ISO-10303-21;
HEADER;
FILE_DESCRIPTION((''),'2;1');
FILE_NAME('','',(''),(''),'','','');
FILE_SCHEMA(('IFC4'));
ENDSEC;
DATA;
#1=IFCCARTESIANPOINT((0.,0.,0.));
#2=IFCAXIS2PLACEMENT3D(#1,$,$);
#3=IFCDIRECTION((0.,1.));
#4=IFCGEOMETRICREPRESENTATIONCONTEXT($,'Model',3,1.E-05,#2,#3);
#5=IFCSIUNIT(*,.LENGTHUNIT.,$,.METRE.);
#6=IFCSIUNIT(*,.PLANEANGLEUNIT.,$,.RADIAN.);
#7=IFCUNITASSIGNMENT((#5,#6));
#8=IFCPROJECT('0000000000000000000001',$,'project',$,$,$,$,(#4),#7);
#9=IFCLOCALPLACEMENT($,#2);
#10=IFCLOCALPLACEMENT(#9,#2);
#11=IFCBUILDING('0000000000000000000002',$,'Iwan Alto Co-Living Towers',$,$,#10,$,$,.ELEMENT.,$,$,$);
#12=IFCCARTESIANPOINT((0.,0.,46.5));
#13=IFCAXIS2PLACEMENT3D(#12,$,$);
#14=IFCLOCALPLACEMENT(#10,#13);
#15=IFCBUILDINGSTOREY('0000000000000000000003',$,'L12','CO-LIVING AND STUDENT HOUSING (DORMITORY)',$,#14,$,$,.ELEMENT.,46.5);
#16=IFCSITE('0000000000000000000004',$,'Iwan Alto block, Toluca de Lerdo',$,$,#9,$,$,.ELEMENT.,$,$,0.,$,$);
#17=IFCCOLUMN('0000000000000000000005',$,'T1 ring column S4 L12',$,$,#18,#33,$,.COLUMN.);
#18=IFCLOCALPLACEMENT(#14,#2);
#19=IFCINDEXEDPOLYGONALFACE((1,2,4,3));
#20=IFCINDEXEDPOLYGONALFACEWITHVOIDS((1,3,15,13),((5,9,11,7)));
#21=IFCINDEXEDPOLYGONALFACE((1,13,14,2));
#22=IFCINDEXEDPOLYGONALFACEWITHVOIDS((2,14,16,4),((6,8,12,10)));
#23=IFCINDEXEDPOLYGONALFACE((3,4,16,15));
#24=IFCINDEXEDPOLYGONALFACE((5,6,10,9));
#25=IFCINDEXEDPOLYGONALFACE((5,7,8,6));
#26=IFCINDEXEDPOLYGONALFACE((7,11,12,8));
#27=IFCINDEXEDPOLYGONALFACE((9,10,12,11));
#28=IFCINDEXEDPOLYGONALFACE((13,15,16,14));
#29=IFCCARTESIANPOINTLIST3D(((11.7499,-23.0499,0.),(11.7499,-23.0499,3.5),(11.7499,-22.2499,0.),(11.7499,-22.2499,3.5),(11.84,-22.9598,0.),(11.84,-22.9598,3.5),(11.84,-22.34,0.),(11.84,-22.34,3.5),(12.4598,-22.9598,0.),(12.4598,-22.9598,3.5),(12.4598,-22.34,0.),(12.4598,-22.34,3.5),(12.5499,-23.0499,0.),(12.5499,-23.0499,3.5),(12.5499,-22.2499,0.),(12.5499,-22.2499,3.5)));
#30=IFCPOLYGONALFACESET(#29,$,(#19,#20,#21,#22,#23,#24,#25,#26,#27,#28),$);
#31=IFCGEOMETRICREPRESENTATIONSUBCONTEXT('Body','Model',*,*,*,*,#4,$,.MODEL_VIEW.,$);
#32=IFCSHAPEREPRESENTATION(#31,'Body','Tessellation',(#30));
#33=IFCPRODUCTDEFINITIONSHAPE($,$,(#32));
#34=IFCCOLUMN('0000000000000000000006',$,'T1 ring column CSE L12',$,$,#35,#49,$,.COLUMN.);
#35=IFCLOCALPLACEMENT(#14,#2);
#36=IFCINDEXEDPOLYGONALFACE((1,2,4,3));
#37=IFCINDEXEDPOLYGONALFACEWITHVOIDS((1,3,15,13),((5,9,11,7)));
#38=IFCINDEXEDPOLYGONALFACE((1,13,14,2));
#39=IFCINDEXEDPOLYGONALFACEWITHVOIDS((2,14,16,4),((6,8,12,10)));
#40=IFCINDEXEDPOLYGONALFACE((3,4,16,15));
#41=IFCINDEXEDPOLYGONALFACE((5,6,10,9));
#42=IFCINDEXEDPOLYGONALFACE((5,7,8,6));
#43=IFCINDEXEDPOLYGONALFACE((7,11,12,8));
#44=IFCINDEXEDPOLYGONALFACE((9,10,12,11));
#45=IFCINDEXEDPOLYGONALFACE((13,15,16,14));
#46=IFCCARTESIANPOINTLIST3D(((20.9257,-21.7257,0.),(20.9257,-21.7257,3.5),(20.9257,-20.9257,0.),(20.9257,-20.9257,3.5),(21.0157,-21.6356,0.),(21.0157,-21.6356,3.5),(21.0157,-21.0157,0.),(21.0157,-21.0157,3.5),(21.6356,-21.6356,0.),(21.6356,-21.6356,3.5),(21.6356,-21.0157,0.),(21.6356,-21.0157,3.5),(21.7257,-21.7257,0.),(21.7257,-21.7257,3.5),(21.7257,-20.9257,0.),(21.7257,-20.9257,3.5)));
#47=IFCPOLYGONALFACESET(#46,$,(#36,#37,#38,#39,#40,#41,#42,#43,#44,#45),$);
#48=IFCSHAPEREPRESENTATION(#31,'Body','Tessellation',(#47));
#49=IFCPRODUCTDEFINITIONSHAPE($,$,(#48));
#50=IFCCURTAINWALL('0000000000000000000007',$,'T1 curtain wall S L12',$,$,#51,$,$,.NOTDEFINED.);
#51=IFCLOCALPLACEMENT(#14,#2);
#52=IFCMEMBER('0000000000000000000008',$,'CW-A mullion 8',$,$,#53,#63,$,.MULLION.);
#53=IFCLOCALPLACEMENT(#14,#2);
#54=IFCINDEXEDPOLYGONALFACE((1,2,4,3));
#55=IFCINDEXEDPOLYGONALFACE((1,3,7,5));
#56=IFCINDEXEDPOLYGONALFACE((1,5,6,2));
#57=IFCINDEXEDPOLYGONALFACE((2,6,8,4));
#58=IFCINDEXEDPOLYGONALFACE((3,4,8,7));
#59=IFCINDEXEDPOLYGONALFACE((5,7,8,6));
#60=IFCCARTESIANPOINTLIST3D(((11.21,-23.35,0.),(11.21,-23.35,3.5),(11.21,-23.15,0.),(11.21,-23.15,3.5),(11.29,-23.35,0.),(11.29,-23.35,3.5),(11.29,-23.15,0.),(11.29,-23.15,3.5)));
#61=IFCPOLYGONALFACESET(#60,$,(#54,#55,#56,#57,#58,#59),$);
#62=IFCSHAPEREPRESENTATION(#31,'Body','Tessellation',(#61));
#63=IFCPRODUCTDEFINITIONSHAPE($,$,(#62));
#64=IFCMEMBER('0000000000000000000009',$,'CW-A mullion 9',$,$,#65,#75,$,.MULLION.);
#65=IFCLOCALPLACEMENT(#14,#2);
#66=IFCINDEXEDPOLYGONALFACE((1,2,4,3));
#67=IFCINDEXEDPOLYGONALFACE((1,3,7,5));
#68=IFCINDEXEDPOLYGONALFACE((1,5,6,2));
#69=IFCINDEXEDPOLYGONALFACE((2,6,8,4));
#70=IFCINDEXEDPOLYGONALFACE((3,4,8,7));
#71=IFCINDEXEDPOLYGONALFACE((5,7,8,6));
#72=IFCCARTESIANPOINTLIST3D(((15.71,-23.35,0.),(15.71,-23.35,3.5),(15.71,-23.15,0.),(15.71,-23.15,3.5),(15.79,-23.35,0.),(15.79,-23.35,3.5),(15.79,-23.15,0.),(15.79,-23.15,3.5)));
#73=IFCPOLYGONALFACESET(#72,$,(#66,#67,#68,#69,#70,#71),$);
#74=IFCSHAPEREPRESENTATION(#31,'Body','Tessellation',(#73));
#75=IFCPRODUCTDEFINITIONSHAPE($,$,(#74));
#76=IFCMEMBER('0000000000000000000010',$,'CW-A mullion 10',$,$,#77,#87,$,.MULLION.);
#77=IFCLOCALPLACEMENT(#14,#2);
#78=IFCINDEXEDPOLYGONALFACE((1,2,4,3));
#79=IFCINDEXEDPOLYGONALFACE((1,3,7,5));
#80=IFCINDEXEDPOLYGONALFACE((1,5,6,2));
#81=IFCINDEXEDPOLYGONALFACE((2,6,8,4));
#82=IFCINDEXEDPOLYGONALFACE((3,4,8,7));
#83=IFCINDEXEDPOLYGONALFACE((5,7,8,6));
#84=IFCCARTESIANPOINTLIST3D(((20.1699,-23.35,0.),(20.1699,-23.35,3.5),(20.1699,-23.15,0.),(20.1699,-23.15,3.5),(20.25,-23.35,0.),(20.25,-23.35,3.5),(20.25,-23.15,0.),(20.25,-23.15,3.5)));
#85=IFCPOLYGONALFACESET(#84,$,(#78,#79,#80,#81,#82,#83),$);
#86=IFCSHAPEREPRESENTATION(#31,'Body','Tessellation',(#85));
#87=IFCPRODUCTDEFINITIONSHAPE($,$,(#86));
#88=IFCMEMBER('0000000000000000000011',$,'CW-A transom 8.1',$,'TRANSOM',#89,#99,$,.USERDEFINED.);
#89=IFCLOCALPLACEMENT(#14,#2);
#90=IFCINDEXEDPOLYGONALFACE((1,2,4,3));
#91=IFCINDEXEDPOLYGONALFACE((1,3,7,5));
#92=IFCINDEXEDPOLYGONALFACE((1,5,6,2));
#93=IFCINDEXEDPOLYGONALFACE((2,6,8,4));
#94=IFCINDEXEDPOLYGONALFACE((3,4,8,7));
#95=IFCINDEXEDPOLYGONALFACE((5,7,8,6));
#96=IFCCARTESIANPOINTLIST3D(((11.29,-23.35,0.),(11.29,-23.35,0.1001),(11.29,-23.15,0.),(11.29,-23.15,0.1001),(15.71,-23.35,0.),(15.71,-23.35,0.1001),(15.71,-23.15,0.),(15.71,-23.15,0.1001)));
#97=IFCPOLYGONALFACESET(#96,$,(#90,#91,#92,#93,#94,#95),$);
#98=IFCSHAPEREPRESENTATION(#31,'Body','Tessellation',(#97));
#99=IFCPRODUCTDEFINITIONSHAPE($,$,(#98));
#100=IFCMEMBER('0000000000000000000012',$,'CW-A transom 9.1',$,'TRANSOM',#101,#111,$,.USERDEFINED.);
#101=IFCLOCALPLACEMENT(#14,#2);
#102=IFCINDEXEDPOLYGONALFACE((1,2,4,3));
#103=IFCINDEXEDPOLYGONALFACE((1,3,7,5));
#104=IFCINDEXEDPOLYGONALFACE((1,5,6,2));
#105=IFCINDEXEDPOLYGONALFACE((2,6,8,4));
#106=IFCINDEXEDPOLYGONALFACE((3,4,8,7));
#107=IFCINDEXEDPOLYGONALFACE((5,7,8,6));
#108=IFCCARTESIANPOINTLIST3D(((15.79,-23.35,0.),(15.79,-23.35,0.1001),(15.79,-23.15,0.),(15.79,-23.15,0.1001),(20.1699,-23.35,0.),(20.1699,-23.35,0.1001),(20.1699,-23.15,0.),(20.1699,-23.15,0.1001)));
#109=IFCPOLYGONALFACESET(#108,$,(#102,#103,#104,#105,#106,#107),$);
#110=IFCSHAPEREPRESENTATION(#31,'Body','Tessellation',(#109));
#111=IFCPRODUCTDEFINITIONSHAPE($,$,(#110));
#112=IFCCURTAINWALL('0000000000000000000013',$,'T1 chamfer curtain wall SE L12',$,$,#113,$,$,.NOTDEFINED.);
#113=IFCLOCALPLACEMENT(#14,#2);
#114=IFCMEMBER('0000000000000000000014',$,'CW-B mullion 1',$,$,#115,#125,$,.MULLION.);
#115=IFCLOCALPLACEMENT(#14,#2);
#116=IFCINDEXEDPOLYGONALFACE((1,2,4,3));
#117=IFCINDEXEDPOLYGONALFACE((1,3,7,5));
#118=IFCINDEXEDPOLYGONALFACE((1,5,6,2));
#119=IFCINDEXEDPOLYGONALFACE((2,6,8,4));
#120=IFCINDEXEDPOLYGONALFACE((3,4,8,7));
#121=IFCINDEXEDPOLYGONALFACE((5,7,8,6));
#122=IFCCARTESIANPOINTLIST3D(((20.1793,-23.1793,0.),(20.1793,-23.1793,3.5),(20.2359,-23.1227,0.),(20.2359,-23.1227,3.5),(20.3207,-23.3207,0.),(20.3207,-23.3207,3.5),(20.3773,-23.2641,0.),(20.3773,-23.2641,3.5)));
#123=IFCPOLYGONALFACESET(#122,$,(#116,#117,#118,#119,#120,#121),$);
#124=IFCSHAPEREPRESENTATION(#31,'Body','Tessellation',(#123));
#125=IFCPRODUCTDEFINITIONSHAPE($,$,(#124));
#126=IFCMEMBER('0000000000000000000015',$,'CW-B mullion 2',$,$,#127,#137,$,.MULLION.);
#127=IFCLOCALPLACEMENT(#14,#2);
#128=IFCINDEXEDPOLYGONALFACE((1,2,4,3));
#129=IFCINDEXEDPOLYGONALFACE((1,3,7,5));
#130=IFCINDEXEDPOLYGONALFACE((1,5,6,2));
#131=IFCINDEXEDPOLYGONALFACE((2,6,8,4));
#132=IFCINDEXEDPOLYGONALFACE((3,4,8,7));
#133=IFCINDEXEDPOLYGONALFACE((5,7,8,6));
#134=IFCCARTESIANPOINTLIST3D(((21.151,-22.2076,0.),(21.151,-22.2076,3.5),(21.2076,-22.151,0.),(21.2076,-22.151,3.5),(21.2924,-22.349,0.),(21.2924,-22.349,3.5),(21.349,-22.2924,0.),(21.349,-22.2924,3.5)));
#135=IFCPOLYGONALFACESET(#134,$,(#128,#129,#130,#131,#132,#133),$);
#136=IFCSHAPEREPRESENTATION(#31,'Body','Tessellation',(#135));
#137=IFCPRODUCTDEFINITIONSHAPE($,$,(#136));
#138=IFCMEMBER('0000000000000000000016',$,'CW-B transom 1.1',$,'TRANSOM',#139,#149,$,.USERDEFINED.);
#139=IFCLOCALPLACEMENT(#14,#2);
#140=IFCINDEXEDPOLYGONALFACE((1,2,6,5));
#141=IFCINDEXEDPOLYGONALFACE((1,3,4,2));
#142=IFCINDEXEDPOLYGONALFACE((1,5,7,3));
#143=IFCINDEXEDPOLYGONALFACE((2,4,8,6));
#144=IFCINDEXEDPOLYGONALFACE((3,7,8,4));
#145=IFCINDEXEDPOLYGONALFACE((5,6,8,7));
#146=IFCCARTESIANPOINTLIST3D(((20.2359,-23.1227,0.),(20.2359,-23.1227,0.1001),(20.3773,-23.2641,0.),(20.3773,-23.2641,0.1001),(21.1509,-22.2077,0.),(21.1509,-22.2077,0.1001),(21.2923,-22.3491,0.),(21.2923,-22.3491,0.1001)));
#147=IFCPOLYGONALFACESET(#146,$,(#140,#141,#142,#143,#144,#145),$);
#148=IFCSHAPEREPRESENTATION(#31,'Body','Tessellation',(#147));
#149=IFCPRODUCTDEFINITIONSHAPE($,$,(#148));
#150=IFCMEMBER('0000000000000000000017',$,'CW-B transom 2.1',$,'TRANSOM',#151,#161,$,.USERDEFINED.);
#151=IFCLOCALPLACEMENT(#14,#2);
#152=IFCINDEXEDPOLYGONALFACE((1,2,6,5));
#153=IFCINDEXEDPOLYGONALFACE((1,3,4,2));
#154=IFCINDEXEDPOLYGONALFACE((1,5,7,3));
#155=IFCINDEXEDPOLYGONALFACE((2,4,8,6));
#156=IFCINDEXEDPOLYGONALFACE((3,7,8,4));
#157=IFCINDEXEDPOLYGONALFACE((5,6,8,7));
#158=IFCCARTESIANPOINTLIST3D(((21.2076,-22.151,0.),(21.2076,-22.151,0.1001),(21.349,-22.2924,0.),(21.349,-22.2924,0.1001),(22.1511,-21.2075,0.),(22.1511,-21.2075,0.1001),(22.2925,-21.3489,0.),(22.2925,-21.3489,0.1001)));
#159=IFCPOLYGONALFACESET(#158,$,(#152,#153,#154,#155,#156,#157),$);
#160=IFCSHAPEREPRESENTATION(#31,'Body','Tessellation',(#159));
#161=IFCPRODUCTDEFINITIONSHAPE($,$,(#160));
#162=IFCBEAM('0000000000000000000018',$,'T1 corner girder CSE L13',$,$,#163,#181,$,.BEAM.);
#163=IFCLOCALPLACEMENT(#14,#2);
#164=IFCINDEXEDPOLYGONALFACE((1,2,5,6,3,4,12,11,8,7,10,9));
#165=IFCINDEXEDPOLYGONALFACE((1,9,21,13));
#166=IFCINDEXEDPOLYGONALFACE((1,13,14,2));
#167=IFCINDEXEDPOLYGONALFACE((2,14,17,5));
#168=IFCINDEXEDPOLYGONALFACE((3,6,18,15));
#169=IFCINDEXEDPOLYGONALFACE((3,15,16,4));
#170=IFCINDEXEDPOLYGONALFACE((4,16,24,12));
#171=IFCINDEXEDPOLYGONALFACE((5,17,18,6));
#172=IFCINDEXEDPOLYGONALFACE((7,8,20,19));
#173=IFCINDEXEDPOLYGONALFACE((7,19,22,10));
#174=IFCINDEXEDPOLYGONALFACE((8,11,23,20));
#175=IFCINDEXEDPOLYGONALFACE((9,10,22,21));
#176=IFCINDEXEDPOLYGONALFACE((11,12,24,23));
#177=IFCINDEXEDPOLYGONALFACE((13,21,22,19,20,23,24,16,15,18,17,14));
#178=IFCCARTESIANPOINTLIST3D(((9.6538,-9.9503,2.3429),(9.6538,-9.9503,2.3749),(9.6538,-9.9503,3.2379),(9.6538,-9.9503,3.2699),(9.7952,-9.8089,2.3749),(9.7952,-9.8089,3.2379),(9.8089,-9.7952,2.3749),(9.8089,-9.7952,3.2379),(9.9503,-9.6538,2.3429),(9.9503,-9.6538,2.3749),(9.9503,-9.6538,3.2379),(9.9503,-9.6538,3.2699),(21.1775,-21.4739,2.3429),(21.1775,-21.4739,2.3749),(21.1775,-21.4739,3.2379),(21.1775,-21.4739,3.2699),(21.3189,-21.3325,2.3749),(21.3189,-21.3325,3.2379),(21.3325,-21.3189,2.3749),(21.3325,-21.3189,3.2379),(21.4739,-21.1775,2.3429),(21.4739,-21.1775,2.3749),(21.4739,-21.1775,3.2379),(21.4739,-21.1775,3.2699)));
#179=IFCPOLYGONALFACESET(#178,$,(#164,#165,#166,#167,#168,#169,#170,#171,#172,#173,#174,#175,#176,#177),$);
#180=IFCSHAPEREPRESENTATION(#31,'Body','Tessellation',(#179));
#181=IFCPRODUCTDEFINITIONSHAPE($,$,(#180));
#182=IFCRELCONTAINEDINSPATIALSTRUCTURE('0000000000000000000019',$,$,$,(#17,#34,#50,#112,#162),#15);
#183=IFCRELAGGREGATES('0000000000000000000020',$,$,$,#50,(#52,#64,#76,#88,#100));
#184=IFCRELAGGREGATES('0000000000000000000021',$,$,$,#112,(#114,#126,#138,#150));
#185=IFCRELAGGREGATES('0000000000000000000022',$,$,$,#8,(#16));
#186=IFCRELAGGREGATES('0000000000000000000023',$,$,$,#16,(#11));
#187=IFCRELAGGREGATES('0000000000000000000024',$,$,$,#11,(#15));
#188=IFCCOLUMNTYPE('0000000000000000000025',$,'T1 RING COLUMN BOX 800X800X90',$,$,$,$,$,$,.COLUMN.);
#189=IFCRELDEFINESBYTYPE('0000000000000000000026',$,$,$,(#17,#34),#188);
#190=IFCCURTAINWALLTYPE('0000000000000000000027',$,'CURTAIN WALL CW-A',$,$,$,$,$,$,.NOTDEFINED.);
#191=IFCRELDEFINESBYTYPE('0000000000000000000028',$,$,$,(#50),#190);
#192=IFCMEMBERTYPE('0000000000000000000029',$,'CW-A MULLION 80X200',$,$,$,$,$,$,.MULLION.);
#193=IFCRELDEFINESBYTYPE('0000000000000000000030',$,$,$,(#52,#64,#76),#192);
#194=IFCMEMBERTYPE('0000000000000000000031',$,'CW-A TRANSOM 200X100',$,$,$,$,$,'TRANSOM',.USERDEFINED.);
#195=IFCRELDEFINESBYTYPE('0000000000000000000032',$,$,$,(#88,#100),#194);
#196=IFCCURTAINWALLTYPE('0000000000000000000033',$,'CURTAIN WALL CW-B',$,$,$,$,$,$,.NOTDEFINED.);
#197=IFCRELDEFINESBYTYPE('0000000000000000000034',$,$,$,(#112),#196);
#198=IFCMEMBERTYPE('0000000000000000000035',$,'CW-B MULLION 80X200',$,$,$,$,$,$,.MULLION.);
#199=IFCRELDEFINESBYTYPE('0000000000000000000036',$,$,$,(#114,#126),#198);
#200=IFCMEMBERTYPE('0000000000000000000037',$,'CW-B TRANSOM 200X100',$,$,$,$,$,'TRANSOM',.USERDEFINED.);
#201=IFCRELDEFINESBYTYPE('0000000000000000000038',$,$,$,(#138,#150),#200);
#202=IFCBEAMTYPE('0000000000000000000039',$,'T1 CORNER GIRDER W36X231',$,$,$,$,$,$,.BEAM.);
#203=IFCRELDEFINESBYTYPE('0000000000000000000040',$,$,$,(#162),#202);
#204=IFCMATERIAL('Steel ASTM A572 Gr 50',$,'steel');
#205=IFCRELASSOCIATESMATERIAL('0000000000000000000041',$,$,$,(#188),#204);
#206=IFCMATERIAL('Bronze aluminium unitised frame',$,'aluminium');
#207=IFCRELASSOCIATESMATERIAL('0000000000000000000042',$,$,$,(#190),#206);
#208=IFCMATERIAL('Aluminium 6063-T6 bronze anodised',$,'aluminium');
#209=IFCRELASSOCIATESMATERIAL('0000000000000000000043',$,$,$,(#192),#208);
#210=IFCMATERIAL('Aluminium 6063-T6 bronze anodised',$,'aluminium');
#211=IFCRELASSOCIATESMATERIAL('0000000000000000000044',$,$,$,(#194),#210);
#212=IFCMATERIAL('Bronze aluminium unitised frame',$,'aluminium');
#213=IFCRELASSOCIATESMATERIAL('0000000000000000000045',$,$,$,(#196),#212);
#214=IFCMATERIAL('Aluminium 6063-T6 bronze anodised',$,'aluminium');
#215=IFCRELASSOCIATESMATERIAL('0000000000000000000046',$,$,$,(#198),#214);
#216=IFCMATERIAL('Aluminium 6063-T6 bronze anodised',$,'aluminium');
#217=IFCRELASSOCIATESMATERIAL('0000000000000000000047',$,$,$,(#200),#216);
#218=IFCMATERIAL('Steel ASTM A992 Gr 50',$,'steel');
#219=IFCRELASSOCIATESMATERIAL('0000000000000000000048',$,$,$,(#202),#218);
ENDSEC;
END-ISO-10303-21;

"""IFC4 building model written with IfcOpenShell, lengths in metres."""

from ifc_helpers import new_model, si_unit, direction, frame, origin, origin_2d, place, context, subcontext, project, spatial, rectangle, hollow_rectangle, i_section, extrude, material, material_profile, profile_set, type_object, element, aggregate, save


model = new_model("IFC4")

# Units and contexts
model_context = context("Model", 3, precision=1e-05, world=origin(), true_north=direction((0.0, 1.0)))
body_context = subcontext(model_context, "Body", "Model", "MODEL_VIEW")
ifc_project = project(units=[si_unit("LENGTHUNIT", "METRE"), si_unit("PLANEANGLEUNIT", "RADIAN")], contexts=[model_context])

# Site, building, storey
site_placement = place(None, origin())
site = spatial("IfcSite", under=ifc_project, at=site_placement, Name="Iwan Alto block, Toluca de Lerdo", CompositionType="ELEMENT", RefElevation=0.0)
building_placement = place(site_placement, origin())
building = spatial("IfcBuilding", under=site, at=building_placement, Name="Iwan Alto Co-Living Towers", CompositionType="ELEMENT")
storey_placement = place(building_placement, frame((0.0, 0.0, 46.5)))
storey = spatial("IfcBuildingStorey", under=building, at=storey_placement, Name="L12", Description="CO-LIVING AND STUDENT HOUSING (DORMITORY)", CompositionType="ELEMENT", Elevation=46.5)

# Columns
ifc_material_1 = material(Name="Steel ASTM A572 Gr 50", Category="steel")
ifc_material_profile_1 = material_profile(ifc_material_1, hollow_rectangle(XDim=0.8, YDim=0.8, WallThickness=0.0901, at=origin_2d()), Name="BOX 800X800X90")
ifc_profile_set_1 = profile_set([ifc_material_profile_1], Name="Steel ASTM A572 Gr 50")
column_type = type_object("IfcColumnType", Name="T1 RING COLUMN BOX 800X800X90", PredefinedType="COLUMN", material=ifc_profile_set_1)
for number, where, z_axis, x_axis, name in (
    (1, (12.1499, -22.6499, 0.0), (0.0, 0.0, 1.0), (1.0, 0.0, 0.0), "T1 ring column S4 L12"),
    (2, (21.3257, -21.3257, 0.0), (0.0, 0.0, 1.0), (1.0, 0.0, 0.0), "T1 ring column CSE L12"),
):
    element("IfcColumn", number, at=place(storey_placement, frame(where, z_axis=z_axis, x_axis=x_axis)), inside=storey, type_object=column_type, Name=name, PredefinedType="COLUMN", context=body_context, shape_type="SweptSolid", body=[
        extrude(hollow_rectangle(XDim=0.8, YDim=0.8, WallThickness=0.0901, at=origin_2d()), origin(), (0.0, 0.0, 1.0), 3.5),
    ])

# Curtain walls, members
ifc_material_2 = material(Name="Bronze aluminium unitised frame", Category="aluminium")
curtain_wall_type_1 = type_object("IfcCurtainWallType", Name="CURTAIN WALL CW-A", PredefinedType="NOTDEFINED", material=ifc_material_2)
curtain_wall_1_placement = place(storey_placement, origin())
curtain_wall_1 = element("IfcCurtainWall", 3, at=curtain_wall_1_placement, inside=storey, type_object=curtain_wall_type_1, Name="T1 curtain wall S L12", PredefinedType="NOTDEFINED")
ifc_material_3 = material(Name="Aluminium 6063-T6 bronze anodised", Category="aluminium")
ifc_material_profile_2 = material_profile(ifc_material_3, rectangle(XDim=0.2, YDim=0.0801, at=origin_2d()), Name="AL 80X200")
ifc_profile_set_2 = profile_set([ifc_material_profile_2], Name="Aluminium 6063-T6 bronze anodised")
member_type_1 = type_object("IfcMemberType", Name="CW-A MULLION 80X200", PredefinedType="MULLION", material=ifc_profile_set_2)
member_1_placement = place(storey_placement, frame((11.25, -23.25, 0.0), z_axis=(0.0, 0.0, 1.0), x_axis=(0.0, 1.0, 0.0)))
member_1 = element("IfcMember", 4, at=member_1_placement, type_object=member_type_1, Name="CW-A mullion 8", PredefinedType="MULLION", context=body_context, shape_type="SweptSolid", body=[
    extrude(rectangle(XDim=0.2, YDim=0.0801, at=origin_2d()), origin(), (0.0, 0.0, 1.0), 3.5),
])
member_2_placement = place(storey_placement, frame((15.75, -23.25, 0.0), z_axis=(0.0, 0.0, 1.0), x_axis=(0.0, 1.0, 0.0)))
member_2 = element("IfcMember", 5, at=member_2_placement, type_object=member_type_1, Name="CW-A mullion 9", PredefinedType="MULLION", context=body_context, shape_type="SweptSolid", body=[
    extrude(rectangle(XDim=0.2, YDim=0.0801, at=origin_2d()), origin(), (0.0, 0.0, 1.0), 3.5),
])
member_3_placement = place(storey_placement, frame((20.21, -23.25, 0.0), z_axis=(0.0, 0.0, 1.0), x_axis=(0.0, 1.0, 0.0)))
member_3 = element("IfcMember", 6, at=member_3_placement, type_object=member_type_1, Name="CW-A mullion 10", PredefinedType="MULLION", context=body_context, shape_type="SweptSolid", body=[
    extrude(rectangle(XDim=0.2, YDim=0.0801, at=origin_2d()), origin(), (0.0, 0.0, 1.0), 3.5),
])
ifc_material_4 = material(Name="Aluminium 6063-T6 bronze anodised", Category="aluminium")
ifc_material_profile_3 = material_profile(ifc_material_4, rectangle(XDim=0.2, YDim=0.1001, at=origin_2d()), Name="AL 200X100")
ifc_profile_set_3 = profile_set([ifc_material_profile_3], Name="Aluminium 6063-T6 bronze anodised")
member_type_2 = type_object("IfcMemberType", Name="CW-A TRANSOM 200X100", ElementType="TRANSOM", PredefinedType="USERDEFINED", material=ifc_profile_set_3)
member_4_placement = place(storey_placement, frame((11.29, -23.25, 0.05), z_axis=(1.0, 0.0, 0.0), x_axis=(0.0, 1.0, 0.0)))
member_4 = element("IfcMember", 7, at=member_4_placement, type_object=member_type_2, Name="CW-A transom 8.1", ObjectType="TRANSOM", PredefinedType="USERDEFINED", context=body_context, shape_type="SweptSolid", body=[
    extrude(rectangle(XDim=0.2, YDim=0.1001, at=origin_2d()), origin(), (0.0, 0.0, 1.0), 4.4199),
])
member_5_placement = place(storey_placement, frame((15.79, -23.25, 0.05), z_axis=(1.0, 0.0, 0.0), x_axis=(0.0, 1.0, 0.0)))
member_5 = element("IfcMember", 8, at=member_5_placement, type_object=member_type_2, Name="CW-A transom 9.1", ObjectType="TRANSOM", PredefinedType="USERDEFINED", context=body_context, shape_type="SweptSolid", body=[
    extrude(rectangle(XDim=0.2, YDim=0.1001, at=origin_2d()), origin(), (0.0, 0.0, 1.0), 4.3799),
])
ifc_material_5 = material(Name="Bronze aluminium unitised frame", Category="aluminium")
curtain_wall_type_2 = type_object("IfcCurtainWallType", Name="CURTAIN WALL CW-B", PredefinedType="NOTDEFINED", material=ifc_material_5)
curtain_wall_2_placement = place(storey_placement, origin())
curtain_wall_2 = element("IfcCurtainWall", 9, at=curtain_wall_2_placement, inside=storey, type_object=curtain_wall_type_2, Name="T1 chamfer curtain wall SE L12", PredefinedType="NOTDEFINED")
ifc_material_6 = material(Name="Aluminium 6063-T6 bronze anodised", Category="aluminium")
ifc_material_profile_4 = material_profile(ifc_material_6, rectangle(XDim=0.2, YDim=0.0801, at=origin_2d()), Name="AL 80X200")
ifc_profile_set_4 = profile_set([ifc_material_profile_4], Name="Aluminium 6063-T6 bronze anodised")
member_type_3 = type_object("IfcMemberType", Name="CW-B MULLION 80X200", PredefinedType="MULLION", material=ifc_profile_set_4)
member_6_placement = place(storey_placement, frame((20.2783, -23.2217, 0.0), z_axis=(0.0, 0.0, 1.0), x_axis=(-0.707107, 0.707107, 0.0)))
member_6 = element("IfcMember", 10, at=member_6_placement, type_object=member_type_3, Name="CW-B mullion 1", PredefinedType="MULLION", context=body_context, shape_type="SweptSolid", body=[
    extrude(rectangle(XDim=0.2, YDim=0.0801, at=origin_2d()), origin(), (0.0, 0.0, 1.0), 3.5),
])
member_7_placement = place(storey_placement, frame((21.25, -22.25, 0.0), z_axis=(0.0, 0.0, 1.0), x_axis=(-0.707107, 0.707107, 0.0)))
member_7 = element("IfcMember", 11, at=member_7_placement, type_object=member_type_3, Name="CW-B mullion 2", PredefinedType="MULLION", context=body_context, shape_type="SweptSolid", body=[
    extrude(rectangle(XDim=0.2, YDim=0.0801, at=origin_2d()), origin(), (0.0, 0.0, 1.0), 3.5),
])
ifc_material_7 = material(Name="Aluminium 6063-T6 bronze anodised", Category="aluminium")
ifc_material_profile_5 = material_profile(ifc_material_7, rectangle(XDim=0.2, YDim=0.1001, at=origin_2d()), Name="AL 200X100")
ifc_profile_set_5 = profile_set([ifc_material_profile_5], Name="Aluminium 6063-T6 bronze anodised")
member_type_4 = type_object("IfcMemberType", Name="CW-B TRANSOM 200X100", ElementType="TRANSOM", PredefinedType="USERDEFINED", material=ifc_profile_set_5)
member_8_placement = place(storey_placement, frame((20.3066, -23.1934, 0.05), z_axis=(0.707107, 0.707107, 0.0), x_axis=(-0.707107, 0.707107, 0.0)))
member_8 = element("IfcMember", 12, at=member_8_placement, type_object=member_type_4, Name="CW-B transom 1.1", ObjectType="TRANSOM", PredefinedType="USERDEFINED", context=body_context, shape_type="SweptSolid", body=[
    extrude(rectangle(XDim=0.2, YDim=0.1001, at=origin_2d()), origin(), (0.0, 0.0, 1.0), 1.2939),
])
member_9_placement = place(storey_placement, frame((21.2783, -22.2217, 0.05), z_axis=(0.707107, 0.707107, 0.0), x_axis=(-0.707107, 0.707107, 0.0)))
member_9 = element("IfcMember", 13, at=member_9_placement, type_object=member_type_4, Name="CW-B transom 2.1", ObjectType="TRANSOM", PredefinedType="USERDEFINED", context=body_context, shape_type="SweptSolid", body=[
    extrude(rectangle(XDim=0.2, YDim=0.1001, at=origin_2d()), origin(), (0.0, 0.0, 1.0), 1.3342),
])

# Beam
ifc_material_8 = material(Name="Steel ASTM A992 Gr 50", Category="steel")
ifc_material_profile_6 = material_profile(ifc_material_8, i_section(OverallWidth=0.4192, OverallDepth=0.927, WebThickness=0.0193, FlangeThickness=0.032, at=origin_2d()), Name="W36X231")
ifc_profile_set_6 = profile_set([ifc_material_profile_6], Name="Steel ASTM A992 Gr 50")
beam_type_1 = type_object("IfcBeamType", Name="T1 CORNER GIRDER W36X231", PredefinedType="BEAM", material=ifc_profile_set_6)
beam_1_placement = place(storey_placement, frame((21.3257, -21.3257, 2.8064), z_axis=(-0.707107, 0.707107, 0.0), x_axis=(-0.707107, -0.707107, 0.0)))
element("IfcBeam", 14, at=beam_1_placement, inside=storey, type_object=beam_type_1, Name="T1 corner girder CSE L13", PredefinedType="BEAM", context=body_context, shape_type="SweptSolid", body=[
    extrude(i_section(OverallWidth=0.4192, OverallDepth=0.927, WebThickness=0.0193, FlangeThickness=0.032, at=origin_2d()), origin(), (0.0, 0.0, 1.0), 16.2969),
])

aggregate(curtain_wall_1, [member_1, member_2, member_3, member_4, member_5])
aggregate(curtain_wall_2, [member_6, member_7, member_8, member_9])

save(model, "model.ifc")
